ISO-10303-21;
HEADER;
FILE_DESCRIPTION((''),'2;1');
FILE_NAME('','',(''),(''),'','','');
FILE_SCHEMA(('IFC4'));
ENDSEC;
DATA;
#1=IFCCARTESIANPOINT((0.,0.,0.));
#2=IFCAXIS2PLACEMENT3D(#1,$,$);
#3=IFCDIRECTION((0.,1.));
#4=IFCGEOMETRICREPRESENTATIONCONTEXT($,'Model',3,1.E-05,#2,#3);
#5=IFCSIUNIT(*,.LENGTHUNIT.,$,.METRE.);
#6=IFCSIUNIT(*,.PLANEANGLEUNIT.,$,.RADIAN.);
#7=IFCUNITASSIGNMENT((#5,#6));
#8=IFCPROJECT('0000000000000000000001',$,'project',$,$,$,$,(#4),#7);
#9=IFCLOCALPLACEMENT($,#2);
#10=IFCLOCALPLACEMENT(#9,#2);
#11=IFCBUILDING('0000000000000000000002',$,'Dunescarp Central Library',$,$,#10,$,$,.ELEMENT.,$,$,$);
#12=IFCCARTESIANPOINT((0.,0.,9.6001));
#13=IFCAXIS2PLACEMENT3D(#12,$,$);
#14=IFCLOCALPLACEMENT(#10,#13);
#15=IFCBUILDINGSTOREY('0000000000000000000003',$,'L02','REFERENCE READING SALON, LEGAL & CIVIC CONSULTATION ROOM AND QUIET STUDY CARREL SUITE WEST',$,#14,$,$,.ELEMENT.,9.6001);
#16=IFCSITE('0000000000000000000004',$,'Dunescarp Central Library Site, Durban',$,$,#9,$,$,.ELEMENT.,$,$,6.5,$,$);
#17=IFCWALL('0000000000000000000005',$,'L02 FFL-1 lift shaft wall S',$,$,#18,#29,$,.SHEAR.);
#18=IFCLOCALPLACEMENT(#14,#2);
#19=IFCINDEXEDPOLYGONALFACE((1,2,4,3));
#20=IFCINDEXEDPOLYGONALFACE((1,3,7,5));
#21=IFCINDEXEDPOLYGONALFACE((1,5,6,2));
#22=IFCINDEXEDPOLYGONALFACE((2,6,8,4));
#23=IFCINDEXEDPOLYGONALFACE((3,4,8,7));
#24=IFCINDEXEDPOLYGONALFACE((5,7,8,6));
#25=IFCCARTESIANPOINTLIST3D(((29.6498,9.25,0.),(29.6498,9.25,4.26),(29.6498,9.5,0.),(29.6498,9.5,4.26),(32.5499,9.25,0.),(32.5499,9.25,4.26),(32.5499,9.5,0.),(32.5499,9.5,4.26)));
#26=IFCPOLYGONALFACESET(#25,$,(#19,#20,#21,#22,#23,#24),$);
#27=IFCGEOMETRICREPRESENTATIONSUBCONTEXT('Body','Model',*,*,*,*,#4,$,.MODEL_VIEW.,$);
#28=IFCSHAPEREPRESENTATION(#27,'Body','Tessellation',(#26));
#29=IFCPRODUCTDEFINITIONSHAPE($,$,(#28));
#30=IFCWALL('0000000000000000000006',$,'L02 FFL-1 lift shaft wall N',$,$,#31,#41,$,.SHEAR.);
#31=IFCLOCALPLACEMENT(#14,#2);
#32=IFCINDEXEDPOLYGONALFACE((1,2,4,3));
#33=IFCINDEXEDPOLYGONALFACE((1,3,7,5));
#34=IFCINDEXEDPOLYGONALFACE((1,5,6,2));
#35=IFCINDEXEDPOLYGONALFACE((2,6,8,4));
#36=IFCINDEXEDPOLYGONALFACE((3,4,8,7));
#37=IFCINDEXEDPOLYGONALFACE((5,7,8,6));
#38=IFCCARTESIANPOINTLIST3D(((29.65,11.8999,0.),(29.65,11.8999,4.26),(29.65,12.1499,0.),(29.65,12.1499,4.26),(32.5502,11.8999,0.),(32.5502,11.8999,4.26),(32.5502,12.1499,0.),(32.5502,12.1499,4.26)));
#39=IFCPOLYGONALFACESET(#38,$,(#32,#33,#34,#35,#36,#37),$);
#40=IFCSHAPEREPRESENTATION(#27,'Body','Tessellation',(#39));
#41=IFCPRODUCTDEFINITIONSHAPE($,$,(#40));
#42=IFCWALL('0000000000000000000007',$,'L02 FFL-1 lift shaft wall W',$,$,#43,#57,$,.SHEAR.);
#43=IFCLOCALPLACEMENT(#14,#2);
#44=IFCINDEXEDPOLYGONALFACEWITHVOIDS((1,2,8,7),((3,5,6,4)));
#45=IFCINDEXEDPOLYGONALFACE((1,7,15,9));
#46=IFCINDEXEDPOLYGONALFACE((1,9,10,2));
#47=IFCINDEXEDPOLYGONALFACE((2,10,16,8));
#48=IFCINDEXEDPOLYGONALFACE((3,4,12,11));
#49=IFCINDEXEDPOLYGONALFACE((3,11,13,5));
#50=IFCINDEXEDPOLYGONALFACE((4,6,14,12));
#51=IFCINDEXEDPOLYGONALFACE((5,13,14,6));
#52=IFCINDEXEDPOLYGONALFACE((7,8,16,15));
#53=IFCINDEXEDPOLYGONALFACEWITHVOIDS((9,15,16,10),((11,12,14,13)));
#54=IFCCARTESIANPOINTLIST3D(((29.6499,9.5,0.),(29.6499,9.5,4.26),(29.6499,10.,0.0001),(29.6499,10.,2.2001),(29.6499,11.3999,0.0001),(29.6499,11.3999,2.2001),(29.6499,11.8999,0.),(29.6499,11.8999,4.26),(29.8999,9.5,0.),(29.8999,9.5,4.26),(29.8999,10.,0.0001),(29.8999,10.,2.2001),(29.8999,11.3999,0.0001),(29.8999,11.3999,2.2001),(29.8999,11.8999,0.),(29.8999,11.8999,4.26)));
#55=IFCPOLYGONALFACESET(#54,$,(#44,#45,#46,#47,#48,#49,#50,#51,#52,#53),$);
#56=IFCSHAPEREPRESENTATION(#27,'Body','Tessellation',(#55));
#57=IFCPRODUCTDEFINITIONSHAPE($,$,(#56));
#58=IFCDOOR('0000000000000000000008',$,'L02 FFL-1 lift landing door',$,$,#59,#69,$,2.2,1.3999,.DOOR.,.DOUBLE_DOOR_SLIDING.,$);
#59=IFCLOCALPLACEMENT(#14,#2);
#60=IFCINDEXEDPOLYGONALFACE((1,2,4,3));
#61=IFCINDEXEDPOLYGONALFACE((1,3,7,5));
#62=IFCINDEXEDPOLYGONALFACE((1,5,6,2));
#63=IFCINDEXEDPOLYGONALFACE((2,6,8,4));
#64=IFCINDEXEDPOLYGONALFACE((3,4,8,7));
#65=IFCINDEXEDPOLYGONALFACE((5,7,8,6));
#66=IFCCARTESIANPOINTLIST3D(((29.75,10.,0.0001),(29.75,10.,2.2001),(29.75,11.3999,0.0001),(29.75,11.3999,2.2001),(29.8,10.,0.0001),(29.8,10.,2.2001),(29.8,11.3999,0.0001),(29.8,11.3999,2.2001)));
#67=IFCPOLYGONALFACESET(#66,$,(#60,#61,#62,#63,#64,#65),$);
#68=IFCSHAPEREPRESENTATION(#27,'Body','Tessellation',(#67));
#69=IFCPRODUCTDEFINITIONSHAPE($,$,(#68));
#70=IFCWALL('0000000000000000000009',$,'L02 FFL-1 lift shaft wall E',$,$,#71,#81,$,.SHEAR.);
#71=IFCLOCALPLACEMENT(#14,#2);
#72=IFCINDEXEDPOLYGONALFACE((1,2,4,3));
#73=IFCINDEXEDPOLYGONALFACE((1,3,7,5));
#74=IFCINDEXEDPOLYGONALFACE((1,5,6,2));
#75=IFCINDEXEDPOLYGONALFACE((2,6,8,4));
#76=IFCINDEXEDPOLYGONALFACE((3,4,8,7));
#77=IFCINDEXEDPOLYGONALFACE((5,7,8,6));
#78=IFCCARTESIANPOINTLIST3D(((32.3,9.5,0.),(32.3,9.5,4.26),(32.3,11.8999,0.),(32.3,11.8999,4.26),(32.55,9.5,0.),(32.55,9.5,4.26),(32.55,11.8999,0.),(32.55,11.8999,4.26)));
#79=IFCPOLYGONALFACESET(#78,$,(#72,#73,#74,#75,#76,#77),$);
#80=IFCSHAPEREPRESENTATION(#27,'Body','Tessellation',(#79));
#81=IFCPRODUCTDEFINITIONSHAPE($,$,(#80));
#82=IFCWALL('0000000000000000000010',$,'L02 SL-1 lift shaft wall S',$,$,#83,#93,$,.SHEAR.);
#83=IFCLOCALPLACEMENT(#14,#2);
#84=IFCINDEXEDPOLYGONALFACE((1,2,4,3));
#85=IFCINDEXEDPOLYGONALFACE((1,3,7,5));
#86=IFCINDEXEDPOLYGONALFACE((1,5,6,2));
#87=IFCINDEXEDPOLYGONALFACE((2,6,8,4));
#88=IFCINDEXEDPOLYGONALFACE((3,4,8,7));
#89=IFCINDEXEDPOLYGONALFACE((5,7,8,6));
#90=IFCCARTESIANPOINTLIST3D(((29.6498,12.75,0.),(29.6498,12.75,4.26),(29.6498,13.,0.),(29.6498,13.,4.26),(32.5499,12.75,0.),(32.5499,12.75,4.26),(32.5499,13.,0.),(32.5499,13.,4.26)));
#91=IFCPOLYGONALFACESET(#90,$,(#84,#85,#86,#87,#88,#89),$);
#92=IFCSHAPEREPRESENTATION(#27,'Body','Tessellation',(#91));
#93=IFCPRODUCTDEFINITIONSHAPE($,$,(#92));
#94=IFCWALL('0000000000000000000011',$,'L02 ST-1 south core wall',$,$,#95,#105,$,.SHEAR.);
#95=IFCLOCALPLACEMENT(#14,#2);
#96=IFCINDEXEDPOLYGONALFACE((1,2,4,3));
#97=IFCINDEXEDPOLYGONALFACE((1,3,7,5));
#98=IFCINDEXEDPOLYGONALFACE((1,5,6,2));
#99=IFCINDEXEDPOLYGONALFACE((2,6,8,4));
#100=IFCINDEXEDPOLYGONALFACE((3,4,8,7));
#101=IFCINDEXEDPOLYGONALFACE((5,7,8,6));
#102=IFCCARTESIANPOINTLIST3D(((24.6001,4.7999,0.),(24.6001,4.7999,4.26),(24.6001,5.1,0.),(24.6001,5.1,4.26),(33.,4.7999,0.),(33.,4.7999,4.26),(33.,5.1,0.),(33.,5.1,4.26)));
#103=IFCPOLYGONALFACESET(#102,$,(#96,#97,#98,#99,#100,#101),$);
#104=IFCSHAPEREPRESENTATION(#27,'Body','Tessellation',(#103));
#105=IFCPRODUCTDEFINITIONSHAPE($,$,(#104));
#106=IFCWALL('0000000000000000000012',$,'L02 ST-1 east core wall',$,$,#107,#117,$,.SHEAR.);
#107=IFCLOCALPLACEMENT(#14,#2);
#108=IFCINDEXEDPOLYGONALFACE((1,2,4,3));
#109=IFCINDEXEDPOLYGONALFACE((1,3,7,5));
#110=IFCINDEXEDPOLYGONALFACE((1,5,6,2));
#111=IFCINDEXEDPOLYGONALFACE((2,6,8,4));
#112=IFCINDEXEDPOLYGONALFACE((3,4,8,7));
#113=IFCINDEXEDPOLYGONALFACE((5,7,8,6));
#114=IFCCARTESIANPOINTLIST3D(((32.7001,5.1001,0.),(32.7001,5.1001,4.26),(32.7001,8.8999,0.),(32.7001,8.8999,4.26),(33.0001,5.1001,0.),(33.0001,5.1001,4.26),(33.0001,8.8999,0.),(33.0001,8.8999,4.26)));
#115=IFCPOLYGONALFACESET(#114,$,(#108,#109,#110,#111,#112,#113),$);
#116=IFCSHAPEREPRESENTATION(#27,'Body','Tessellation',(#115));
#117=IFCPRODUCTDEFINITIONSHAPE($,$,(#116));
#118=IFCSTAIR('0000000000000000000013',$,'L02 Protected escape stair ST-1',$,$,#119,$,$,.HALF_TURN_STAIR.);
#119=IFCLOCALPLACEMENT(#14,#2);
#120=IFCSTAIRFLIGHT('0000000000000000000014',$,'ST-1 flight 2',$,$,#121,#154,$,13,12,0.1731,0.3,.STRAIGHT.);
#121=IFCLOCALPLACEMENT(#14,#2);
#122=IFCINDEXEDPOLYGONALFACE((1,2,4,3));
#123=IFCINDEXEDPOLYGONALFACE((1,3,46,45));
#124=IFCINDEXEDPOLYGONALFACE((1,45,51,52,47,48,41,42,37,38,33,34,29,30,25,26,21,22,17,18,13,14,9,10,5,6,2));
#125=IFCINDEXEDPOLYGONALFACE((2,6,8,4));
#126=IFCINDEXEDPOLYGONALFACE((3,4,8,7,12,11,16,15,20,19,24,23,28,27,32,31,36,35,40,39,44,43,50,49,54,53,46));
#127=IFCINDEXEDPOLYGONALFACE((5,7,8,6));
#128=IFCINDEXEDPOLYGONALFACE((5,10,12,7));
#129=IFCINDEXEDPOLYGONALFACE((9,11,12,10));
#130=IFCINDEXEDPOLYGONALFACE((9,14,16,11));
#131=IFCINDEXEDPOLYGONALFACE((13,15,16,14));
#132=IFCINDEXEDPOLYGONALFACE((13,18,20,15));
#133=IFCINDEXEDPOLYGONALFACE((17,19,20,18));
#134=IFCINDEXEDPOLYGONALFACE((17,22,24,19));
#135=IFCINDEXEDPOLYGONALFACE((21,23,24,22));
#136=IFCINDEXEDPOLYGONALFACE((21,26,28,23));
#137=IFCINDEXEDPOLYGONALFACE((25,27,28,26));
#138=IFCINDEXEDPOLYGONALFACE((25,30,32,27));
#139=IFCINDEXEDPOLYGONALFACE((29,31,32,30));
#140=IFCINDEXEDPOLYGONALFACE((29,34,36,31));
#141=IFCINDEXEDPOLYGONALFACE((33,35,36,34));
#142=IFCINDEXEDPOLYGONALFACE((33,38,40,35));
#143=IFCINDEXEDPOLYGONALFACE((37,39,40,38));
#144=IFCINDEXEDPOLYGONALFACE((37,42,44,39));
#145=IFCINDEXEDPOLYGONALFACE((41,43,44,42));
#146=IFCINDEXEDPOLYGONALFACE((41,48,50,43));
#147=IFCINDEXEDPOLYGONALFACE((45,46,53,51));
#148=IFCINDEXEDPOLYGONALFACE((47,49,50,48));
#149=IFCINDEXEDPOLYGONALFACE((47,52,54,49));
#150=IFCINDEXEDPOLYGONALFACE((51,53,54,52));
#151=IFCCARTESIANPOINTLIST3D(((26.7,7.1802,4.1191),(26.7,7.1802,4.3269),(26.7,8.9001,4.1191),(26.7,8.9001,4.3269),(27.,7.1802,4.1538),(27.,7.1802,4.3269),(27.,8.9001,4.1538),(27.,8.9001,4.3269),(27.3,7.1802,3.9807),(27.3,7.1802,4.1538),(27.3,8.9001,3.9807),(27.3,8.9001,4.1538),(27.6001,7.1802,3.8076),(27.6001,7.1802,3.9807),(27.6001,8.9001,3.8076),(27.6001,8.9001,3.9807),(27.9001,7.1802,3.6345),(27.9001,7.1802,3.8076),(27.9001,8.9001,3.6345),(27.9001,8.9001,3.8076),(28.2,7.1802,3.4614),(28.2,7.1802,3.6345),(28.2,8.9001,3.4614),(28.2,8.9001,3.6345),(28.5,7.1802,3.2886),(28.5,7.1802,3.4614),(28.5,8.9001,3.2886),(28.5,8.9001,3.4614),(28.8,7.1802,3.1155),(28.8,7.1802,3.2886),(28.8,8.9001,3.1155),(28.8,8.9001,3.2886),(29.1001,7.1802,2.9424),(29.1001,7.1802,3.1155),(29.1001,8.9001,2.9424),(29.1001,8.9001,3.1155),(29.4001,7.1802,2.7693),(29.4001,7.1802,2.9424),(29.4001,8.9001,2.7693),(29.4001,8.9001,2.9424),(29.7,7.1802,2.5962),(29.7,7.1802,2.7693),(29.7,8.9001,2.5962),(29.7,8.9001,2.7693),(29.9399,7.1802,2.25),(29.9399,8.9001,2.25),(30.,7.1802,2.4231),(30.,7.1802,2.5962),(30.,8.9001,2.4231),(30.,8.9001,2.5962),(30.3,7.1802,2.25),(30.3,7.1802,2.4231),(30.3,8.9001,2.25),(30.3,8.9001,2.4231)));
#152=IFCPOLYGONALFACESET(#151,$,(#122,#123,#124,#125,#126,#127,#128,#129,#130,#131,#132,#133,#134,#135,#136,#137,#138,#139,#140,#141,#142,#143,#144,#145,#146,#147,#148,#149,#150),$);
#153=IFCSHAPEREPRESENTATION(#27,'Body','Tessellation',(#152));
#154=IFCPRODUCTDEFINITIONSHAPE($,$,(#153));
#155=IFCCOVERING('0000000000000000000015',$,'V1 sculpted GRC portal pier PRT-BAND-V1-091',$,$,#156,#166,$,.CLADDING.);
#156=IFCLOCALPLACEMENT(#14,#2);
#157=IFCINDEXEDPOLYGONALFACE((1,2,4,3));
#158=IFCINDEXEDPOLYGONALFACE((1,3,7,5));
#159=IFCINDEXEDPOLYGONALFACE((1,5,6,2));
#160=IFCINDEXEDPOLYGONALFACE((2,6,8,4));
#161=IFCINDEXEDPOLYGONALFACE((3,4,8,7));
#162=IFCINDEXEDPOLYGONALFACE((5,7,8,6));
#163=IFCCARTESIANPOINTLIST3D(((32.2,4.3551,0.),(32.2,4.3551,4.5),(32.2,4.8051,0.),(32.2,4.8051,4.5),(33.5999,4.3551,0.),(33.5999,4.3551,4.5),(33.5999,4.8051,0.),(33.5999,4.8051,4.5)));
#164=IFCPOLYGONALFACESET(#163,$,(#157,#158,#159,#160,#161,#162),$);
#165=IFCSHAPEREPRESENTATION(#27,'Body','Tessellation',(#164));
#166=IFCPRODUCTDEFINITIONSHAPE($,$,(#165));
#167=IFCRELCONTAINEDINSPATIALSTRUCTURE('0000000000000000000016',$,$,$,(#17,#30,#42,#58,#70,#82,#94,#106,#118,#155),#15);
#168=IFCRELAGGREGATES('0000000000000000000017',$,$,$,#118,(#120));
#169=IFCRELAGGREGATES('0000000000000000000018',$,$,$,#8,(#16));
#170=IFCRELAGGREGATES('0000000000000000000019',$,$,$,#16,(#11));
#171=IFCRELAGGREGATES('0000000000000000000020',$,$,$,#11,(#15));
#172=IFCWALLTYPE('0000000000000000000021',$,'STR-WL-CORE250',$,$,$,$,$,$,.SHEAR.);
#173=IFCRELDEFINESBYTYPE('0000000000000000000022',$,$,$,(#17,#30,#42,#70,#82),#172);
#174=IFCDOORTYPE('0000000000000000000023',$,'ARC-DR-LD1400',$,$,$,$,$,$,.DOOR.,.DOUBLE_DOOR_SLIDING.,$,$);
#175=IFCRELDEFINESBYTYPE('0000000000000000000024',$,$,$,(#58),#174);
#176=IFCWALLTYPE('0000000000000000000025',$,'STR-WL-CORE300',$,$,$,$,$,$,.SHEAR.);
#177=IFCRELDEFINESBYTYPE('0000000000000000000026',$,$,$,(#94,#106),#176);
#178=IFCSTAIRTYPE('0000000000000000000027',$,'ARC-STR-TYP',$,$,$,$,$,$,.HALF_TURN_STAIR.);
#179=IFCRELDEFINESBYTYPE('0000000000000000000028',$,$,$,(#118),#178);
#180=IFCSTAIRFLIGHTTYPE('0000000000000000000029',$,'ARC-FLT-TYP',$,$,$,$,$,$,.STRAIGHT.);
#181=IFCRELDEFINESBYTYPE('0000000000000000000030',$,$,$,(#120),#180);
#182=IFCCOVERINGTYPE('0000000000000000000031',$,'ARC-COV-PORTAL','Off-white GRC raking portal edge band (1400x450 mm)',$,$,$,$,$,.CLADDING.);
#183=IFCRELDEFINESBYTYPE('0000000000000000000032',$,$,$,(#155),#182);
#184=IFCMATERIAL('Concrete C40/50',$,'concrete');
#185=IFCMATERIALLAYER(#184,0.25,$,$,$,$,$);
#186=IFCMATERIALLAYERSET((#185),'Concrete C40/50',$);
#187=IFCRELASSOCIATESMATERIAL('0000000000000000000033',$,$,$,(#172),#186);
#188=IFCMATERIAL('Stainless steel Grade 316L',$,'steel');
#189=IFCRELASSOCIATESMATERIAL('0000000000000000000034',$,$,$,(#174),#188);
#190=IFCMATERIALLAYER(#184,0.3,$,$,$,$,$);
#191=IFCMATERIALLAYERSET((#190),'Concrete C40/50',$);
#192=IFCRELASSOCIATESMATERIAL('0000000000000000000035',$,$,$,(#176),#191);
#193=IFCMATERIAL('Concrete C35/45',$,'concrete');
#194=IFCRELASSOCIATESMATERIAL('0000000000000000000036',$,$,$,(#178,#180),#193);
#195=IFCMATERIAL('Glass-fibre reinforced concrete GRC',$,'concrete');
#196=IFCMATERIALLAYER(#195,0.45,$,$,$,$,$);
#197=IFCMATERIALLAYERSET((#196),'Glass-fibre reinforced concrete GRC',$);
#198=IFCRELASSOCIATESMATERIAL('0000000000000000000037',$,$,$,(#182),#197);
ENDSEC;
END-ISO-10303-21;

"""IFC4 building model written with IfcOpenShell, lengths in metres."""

from ifc_helpers import new_model, si_unit, direction, frame, frame_2d, origin, origin_2d, place, context, subcontext, project, spatial, polyline, rectangle, outline, extrude, material, layer, layer_set, type_object, element, fill, aggregate, save


model = new_model("IFC4")

# Units and contexts
model_context = context("Model", 3, precision=1e-05, world=origin(), true_north=direction((0.0, 1.0)))
body_context = subcontext(model_context, "Body", "Model", "MODEL_VIEW")
ifc_project = project(units=[si_unit("LENGTHUNIT", "METRE"), si_unit("PLANEANGLEUNIT", "RADIAN")], contexts=[model_context])

# Site, building, storey
site_placement = place(None, origin())
site = spatial("IfcSite", under=ifc_project, at=site_placement, Name="Dunescarp Central Library Site, Durban", CompositionType="ELEMENT", RefElevation=6.5)
building_placement = place(site_placement, origin())
building = spatial("IfcBuilding", under=site, at=building_placement, Name="Dunescarp Central Library", CompositionType="ELEMENT")
storey_placement = place(building_placement, frame((0.0, 0.0, 9.6001)))
storey = spatial("IfcBuildingStorey", under=building, at=storey_placement, Name="L02", Description="REFERENCE READING SALON, LEGAL & CIVIC CONSULTATION ROOM AND QUIET STUDY CARREL SUITE WEST", CompositionType="ELEMENT", Elevation=9.6001)

# Walls
ifc_material_1 = material(Name="Glass-fibre reinforced concrete GRC", Category="concrete")
ifc_material_2 = material(Name="Concrete C40/50", Category="concrete")
ifc_layer_1 = layer(ifc_material_2, 0.25)
ifc_layer_set_1 = layer_set([ifc_layer_1], Name="Concrete C40/50")
wall_type_1 = type_object("IfcWallType", Name="STR-WL-CORE250", PredefinedType="SHEAR", material=ifc_layer_set_1)
for number, where, z_axis, x_axis, name in (
    (1, (32.55, 9.375, 0.0), (0.0, 0.0, 1.0), (-1.0, 0.0, 0.0), "L02 FFL-1 lift shaft wall S"),
    (2, (29.6499, 12.0249, 0.0), (0.0, 0.0, 1.0), (1.0, 0.0, 0.0), "L02 FFL-1 lift shaft wall N"),
):
    element("IfcWall", number, at=place(storey_placement, frame(where, z_axis=z_axis, x_axis=x_axis)), inside=storey, type_object=wall_type_1, Name=name, PredefinedType="SHEAR", context=body_context, shape_type="SweptSolid", body=[
        extrude(rectangle(XDim=2.9001, YDim=0.25, at=frame_2d((1.4502, 0.0))), origin(), (0.0, 0.0, 1.0), 4.26),
    ])

# Wall, opening, door
wall_1_placement = place(storey_placement, frame((29.7749, 9.5, 0.0), z_axis=(0.0, 0.0, 1.0), x_axis=(0.0, 1.0, 0.0)))
wall_1 = element("IfcWall", 3, at=wall_1_placement, inside=storey, type_object=wall_type_1, Name="L02 FFL-1 lift shaft wall W", PredefinedType="SHEAR", context=body_context, shape_type="SweptSolid", body=[
    extrude(rectangle(XDim=2.3999, YDim=0.25, at=frame_2d((1.2, 0.0))), origin(), (0.0, 0.0, 1.0), 4.26),
])
opening_placement = place(wall_1_placement, frame((0.5, 0.0, 0.0)))
opening = element("IfcOpeningElement", 4, at=opening_placement, cuts=wall_1, PredefinedType="OPENING", context=body_context, shape_type="SweptSolid", body=[
    extrude(rectangle(XDim=1.3999, YDim=2.2, at=frame_2d((0.7, 1.1001))), frame((0.0, 0.135, 0.0), z_axis=(0.0, -1.0, 0.0), x_axis=(1.0, 0.0, 0.0)), (0.0, 0.0, 1.0), 0.27),
])
ifc_material_3 = material(Name="Stainless steel Grade 316L", Category="steel")
door_type = type_object("IfcDoorType", Name="ARC-DR-LD1400", OperationType="DOUBLE_DOOR_SLIDING", PredefinedType="DOOR", material=ifc_material_3)
door_placement = place(opening_placement, origin())
door = element("IfcDoor", 5, at=door_placement, inside=storey, type_object=door_type, Name="L02 FFL-1 lift landing door", OperationType="DOUBLE_DOOR_SLIDING", OverallHeight=2.2, OverallWidth=1.3999, PredefinedType="DOOR", context=body_context, shape_type="SweptSolid", body=[
    extrude(rectangle(XDim=1.3999, YDim=2.2, at=frame_2d((0.7, 1.1001))), frame((0.0, 0.0249, 0.0), z_axis=(0.0, -1.0, 0.0), x_axis=(1.0, 0.0, 0.0)), (0.0, 0.0, 1.0), 0.05),
])
fill(opening, door)

# Walls
wall_2_placement = place(storey_placement, frame((32.425, 11.8999, 0.0), z_axis=(0.0, 0.0, 1.0), x_axis=(0.0, -1.0, 0.0)))
element("IfcWall", 6, at=wall_2_placement, inside=storey, type_object=wall_type_1, Name="L02 FFL-1 lift shaft wall E", PredefinedType="SHEAR", context=body_context, shape_type="SweptSolid", body=[
    extrude(rectangle(XDim=2.3999, YDim=0.25, at=frame_2d((1.2, 0.0))), origin(), (0.0, 0.0, 1.0), 4.26),
])
wall_3_placement = place(storey_placement, frame((32.55, 12.875, 0.0), z_axis=(0.0, 0.0, 1.0), x_axis=(-1.0, 0.0, 0.0)))
element("IfcWall", 7, at=wall_3_placement, inside=storey, type_object=wall_type_1, Name="L02 SL-1 lift shaft wall S", PredefinedType="SHEAR", context=body_context, shape_type="SweptSolid", body=[
    extrude(rectangle(XDim=2.9001, YDim=0.25, at=frame_2d((1.4502, 0.0))), origin(), (0.0, 0.0, 1.0), 4.26),
])
ifc_layer_2 = layer(ifc_material_2, 0.3)
ifc_layer_set_2 = layer_set([ifc_layer_2], Name="Concrete C40/50")
wall_type_2 = type_object("IfcWallType", Name="STR-WL-CORE300", PredefinedType="SHEAR", material=ifc_layer_set_2)
wall_4_placement = place(storey_placement, frame((33.0, 4.95, 0.0), z_axis=(0.0, 0.0, 1.0), x_axis=(-1.0, 0.0, 0.0)))
element("IfcWall", 8, at=wall_4_placement, inside=storey, type_object=wall_type_2, Name="L02 ST-1 south core wall", PredefinedType="SHEAR", context=body_context, shape_type="SweptSolid", body=[
    extrude(rectangle(XDim=8.3999, YDim=0.3, at=frame_2d((4.2, 0.0))), origin(), (0.0, 0.0, 1.0), 4.26),
])
wall_5_placement = place(storey_placement, frame((32.8501, 8.8999, 0.0), z_axis=(0.0, 0.0, 1.0), x_axis=(0.0, -1.0, 0.0)))
element("IfcWall", 9, at=wall_5_placement, inside=storey, type_object=wall_type_2, Name="L02 ST-1 east core wall", PredefinedType="SHEAR", context=body_context, shape_type="SweptSolid", body=[
    extrude(rectangle(XDim=3.7998, YDim=0.3, at=frame_2d((1.8999, 0.0))), origin(), (0.0, 0.0, 1.0), 4.26),
])

# Stair, stair flight
ifc_material_4 = material(Name="Concrete C35/45", Category="concrete")
stair_type = type_object("IfcStairType", Name="ARC-STR-TYP", PredefinedType="HALF_TURN_STAIR", material=ifc_material_4)
stair_placement = place(storey_placement, origin())
stair = element("IfcStair", 10, at=stair_placement, inside=storey, type_object=stair_type, Name="L02 Protected escape stair ST-1", PredefinedType="HALF_TURN_STAIR")
stair_flight_type = type_object("IfcStairFlightType", Name="ARC-FLT-TYP", PredefinedType="STRAIGHT", material=ifc_material_4)
stair_flight_placement = place(storey_placement, frame((30.3, 8.04, 2.25), z_axis=(0.0, 0.0, 1.0), x_axis=(-1.0, 0.0, 0.0)))
stair_flight = element("IfcStairFlight", 11, at=stair_flight_placement, type_object=stair_flight_type, Name="ST-1 flight 2", NumberOfRisers=13, NumberOfTreads=12, PredefinedType="STRAIGHT", RiserHeight=0.1731, TreadLength=0.3, context=body_context, shape_type="SweptSolid", body=[
    extrude(outline(polyline([(0.0, 0.0), (0.0, 0.1731), (0.3, 0.1731), (0.3, 0.3462), (0.6001, 0.3462), (0.6001, 0.5193), (0.8999, 0.5193), (0.8999, 0.6924), (1.2, 0.6924), (1.2, 0.8655), (1.5, 0.8655), (1.5, 1.0386), (1.8, 1.0386), (1.8, 1.2114), (2.1001, 1.2114), (2.1001, 1.3845), (2.3999, 1.3845), (2.3999, 1.5576), (2.7, 1.5576), (2.7, 1.7307), (3.0, 1.7307), (3.0, 1.9038), (3.3, 1.9038), (3.3, 2.0769), (3.6001, 2.0769), (3.6001, 2.25), (3.6001, 1.8691), (0.3601, 0.0), (0.0, 0.0)])), frame((0.0, 0.8599, 0.0), z_axis=(0.0, -1.0, 0.0), x_axis=(1.0, 0.0, 0.0)), (0.0, 0.0, 1.0), 1.72),
])
aggregate(stair, [stair_flight])

# Covering
ifc_layer_3 = layer(ifc_material_1, 0.45)
ifc_layer_set_3 = layer_set([ifc_layer_3], Name="Glass-fibre reinforced concrete GRC")
covering_type = type_object("IfcCoveringType", Name="ARC-COV-PORTAL", Description="Off-white GRC raking portal edge band (1400x450 mm)", PredefinedType="CLADDING", material=ifc_layer_set_3)
covering_placement = place(storey_placement, frame((32.8999, 4.5801, 0.0), z_axis=(0.0, 0.0, 1.0), x_axis=(1.0, 0.0, 0.0)))
element("IfcCovering", 12, at=covering_placement, inside=storey, type_object=covering_type, Name="V1 sculpted GRC portal pier PRT-BAND-V1-091", PredefinedType="CLADDING", context=body_context, shape_type="SweptSolid", body=[
    extrude(rectangle(XDim=1.3999, YDim=0.45, at=origin_2d()), origin(), (0.0, 0.0, 1.0), 4.5),
])

save(model, "model.ifc")
